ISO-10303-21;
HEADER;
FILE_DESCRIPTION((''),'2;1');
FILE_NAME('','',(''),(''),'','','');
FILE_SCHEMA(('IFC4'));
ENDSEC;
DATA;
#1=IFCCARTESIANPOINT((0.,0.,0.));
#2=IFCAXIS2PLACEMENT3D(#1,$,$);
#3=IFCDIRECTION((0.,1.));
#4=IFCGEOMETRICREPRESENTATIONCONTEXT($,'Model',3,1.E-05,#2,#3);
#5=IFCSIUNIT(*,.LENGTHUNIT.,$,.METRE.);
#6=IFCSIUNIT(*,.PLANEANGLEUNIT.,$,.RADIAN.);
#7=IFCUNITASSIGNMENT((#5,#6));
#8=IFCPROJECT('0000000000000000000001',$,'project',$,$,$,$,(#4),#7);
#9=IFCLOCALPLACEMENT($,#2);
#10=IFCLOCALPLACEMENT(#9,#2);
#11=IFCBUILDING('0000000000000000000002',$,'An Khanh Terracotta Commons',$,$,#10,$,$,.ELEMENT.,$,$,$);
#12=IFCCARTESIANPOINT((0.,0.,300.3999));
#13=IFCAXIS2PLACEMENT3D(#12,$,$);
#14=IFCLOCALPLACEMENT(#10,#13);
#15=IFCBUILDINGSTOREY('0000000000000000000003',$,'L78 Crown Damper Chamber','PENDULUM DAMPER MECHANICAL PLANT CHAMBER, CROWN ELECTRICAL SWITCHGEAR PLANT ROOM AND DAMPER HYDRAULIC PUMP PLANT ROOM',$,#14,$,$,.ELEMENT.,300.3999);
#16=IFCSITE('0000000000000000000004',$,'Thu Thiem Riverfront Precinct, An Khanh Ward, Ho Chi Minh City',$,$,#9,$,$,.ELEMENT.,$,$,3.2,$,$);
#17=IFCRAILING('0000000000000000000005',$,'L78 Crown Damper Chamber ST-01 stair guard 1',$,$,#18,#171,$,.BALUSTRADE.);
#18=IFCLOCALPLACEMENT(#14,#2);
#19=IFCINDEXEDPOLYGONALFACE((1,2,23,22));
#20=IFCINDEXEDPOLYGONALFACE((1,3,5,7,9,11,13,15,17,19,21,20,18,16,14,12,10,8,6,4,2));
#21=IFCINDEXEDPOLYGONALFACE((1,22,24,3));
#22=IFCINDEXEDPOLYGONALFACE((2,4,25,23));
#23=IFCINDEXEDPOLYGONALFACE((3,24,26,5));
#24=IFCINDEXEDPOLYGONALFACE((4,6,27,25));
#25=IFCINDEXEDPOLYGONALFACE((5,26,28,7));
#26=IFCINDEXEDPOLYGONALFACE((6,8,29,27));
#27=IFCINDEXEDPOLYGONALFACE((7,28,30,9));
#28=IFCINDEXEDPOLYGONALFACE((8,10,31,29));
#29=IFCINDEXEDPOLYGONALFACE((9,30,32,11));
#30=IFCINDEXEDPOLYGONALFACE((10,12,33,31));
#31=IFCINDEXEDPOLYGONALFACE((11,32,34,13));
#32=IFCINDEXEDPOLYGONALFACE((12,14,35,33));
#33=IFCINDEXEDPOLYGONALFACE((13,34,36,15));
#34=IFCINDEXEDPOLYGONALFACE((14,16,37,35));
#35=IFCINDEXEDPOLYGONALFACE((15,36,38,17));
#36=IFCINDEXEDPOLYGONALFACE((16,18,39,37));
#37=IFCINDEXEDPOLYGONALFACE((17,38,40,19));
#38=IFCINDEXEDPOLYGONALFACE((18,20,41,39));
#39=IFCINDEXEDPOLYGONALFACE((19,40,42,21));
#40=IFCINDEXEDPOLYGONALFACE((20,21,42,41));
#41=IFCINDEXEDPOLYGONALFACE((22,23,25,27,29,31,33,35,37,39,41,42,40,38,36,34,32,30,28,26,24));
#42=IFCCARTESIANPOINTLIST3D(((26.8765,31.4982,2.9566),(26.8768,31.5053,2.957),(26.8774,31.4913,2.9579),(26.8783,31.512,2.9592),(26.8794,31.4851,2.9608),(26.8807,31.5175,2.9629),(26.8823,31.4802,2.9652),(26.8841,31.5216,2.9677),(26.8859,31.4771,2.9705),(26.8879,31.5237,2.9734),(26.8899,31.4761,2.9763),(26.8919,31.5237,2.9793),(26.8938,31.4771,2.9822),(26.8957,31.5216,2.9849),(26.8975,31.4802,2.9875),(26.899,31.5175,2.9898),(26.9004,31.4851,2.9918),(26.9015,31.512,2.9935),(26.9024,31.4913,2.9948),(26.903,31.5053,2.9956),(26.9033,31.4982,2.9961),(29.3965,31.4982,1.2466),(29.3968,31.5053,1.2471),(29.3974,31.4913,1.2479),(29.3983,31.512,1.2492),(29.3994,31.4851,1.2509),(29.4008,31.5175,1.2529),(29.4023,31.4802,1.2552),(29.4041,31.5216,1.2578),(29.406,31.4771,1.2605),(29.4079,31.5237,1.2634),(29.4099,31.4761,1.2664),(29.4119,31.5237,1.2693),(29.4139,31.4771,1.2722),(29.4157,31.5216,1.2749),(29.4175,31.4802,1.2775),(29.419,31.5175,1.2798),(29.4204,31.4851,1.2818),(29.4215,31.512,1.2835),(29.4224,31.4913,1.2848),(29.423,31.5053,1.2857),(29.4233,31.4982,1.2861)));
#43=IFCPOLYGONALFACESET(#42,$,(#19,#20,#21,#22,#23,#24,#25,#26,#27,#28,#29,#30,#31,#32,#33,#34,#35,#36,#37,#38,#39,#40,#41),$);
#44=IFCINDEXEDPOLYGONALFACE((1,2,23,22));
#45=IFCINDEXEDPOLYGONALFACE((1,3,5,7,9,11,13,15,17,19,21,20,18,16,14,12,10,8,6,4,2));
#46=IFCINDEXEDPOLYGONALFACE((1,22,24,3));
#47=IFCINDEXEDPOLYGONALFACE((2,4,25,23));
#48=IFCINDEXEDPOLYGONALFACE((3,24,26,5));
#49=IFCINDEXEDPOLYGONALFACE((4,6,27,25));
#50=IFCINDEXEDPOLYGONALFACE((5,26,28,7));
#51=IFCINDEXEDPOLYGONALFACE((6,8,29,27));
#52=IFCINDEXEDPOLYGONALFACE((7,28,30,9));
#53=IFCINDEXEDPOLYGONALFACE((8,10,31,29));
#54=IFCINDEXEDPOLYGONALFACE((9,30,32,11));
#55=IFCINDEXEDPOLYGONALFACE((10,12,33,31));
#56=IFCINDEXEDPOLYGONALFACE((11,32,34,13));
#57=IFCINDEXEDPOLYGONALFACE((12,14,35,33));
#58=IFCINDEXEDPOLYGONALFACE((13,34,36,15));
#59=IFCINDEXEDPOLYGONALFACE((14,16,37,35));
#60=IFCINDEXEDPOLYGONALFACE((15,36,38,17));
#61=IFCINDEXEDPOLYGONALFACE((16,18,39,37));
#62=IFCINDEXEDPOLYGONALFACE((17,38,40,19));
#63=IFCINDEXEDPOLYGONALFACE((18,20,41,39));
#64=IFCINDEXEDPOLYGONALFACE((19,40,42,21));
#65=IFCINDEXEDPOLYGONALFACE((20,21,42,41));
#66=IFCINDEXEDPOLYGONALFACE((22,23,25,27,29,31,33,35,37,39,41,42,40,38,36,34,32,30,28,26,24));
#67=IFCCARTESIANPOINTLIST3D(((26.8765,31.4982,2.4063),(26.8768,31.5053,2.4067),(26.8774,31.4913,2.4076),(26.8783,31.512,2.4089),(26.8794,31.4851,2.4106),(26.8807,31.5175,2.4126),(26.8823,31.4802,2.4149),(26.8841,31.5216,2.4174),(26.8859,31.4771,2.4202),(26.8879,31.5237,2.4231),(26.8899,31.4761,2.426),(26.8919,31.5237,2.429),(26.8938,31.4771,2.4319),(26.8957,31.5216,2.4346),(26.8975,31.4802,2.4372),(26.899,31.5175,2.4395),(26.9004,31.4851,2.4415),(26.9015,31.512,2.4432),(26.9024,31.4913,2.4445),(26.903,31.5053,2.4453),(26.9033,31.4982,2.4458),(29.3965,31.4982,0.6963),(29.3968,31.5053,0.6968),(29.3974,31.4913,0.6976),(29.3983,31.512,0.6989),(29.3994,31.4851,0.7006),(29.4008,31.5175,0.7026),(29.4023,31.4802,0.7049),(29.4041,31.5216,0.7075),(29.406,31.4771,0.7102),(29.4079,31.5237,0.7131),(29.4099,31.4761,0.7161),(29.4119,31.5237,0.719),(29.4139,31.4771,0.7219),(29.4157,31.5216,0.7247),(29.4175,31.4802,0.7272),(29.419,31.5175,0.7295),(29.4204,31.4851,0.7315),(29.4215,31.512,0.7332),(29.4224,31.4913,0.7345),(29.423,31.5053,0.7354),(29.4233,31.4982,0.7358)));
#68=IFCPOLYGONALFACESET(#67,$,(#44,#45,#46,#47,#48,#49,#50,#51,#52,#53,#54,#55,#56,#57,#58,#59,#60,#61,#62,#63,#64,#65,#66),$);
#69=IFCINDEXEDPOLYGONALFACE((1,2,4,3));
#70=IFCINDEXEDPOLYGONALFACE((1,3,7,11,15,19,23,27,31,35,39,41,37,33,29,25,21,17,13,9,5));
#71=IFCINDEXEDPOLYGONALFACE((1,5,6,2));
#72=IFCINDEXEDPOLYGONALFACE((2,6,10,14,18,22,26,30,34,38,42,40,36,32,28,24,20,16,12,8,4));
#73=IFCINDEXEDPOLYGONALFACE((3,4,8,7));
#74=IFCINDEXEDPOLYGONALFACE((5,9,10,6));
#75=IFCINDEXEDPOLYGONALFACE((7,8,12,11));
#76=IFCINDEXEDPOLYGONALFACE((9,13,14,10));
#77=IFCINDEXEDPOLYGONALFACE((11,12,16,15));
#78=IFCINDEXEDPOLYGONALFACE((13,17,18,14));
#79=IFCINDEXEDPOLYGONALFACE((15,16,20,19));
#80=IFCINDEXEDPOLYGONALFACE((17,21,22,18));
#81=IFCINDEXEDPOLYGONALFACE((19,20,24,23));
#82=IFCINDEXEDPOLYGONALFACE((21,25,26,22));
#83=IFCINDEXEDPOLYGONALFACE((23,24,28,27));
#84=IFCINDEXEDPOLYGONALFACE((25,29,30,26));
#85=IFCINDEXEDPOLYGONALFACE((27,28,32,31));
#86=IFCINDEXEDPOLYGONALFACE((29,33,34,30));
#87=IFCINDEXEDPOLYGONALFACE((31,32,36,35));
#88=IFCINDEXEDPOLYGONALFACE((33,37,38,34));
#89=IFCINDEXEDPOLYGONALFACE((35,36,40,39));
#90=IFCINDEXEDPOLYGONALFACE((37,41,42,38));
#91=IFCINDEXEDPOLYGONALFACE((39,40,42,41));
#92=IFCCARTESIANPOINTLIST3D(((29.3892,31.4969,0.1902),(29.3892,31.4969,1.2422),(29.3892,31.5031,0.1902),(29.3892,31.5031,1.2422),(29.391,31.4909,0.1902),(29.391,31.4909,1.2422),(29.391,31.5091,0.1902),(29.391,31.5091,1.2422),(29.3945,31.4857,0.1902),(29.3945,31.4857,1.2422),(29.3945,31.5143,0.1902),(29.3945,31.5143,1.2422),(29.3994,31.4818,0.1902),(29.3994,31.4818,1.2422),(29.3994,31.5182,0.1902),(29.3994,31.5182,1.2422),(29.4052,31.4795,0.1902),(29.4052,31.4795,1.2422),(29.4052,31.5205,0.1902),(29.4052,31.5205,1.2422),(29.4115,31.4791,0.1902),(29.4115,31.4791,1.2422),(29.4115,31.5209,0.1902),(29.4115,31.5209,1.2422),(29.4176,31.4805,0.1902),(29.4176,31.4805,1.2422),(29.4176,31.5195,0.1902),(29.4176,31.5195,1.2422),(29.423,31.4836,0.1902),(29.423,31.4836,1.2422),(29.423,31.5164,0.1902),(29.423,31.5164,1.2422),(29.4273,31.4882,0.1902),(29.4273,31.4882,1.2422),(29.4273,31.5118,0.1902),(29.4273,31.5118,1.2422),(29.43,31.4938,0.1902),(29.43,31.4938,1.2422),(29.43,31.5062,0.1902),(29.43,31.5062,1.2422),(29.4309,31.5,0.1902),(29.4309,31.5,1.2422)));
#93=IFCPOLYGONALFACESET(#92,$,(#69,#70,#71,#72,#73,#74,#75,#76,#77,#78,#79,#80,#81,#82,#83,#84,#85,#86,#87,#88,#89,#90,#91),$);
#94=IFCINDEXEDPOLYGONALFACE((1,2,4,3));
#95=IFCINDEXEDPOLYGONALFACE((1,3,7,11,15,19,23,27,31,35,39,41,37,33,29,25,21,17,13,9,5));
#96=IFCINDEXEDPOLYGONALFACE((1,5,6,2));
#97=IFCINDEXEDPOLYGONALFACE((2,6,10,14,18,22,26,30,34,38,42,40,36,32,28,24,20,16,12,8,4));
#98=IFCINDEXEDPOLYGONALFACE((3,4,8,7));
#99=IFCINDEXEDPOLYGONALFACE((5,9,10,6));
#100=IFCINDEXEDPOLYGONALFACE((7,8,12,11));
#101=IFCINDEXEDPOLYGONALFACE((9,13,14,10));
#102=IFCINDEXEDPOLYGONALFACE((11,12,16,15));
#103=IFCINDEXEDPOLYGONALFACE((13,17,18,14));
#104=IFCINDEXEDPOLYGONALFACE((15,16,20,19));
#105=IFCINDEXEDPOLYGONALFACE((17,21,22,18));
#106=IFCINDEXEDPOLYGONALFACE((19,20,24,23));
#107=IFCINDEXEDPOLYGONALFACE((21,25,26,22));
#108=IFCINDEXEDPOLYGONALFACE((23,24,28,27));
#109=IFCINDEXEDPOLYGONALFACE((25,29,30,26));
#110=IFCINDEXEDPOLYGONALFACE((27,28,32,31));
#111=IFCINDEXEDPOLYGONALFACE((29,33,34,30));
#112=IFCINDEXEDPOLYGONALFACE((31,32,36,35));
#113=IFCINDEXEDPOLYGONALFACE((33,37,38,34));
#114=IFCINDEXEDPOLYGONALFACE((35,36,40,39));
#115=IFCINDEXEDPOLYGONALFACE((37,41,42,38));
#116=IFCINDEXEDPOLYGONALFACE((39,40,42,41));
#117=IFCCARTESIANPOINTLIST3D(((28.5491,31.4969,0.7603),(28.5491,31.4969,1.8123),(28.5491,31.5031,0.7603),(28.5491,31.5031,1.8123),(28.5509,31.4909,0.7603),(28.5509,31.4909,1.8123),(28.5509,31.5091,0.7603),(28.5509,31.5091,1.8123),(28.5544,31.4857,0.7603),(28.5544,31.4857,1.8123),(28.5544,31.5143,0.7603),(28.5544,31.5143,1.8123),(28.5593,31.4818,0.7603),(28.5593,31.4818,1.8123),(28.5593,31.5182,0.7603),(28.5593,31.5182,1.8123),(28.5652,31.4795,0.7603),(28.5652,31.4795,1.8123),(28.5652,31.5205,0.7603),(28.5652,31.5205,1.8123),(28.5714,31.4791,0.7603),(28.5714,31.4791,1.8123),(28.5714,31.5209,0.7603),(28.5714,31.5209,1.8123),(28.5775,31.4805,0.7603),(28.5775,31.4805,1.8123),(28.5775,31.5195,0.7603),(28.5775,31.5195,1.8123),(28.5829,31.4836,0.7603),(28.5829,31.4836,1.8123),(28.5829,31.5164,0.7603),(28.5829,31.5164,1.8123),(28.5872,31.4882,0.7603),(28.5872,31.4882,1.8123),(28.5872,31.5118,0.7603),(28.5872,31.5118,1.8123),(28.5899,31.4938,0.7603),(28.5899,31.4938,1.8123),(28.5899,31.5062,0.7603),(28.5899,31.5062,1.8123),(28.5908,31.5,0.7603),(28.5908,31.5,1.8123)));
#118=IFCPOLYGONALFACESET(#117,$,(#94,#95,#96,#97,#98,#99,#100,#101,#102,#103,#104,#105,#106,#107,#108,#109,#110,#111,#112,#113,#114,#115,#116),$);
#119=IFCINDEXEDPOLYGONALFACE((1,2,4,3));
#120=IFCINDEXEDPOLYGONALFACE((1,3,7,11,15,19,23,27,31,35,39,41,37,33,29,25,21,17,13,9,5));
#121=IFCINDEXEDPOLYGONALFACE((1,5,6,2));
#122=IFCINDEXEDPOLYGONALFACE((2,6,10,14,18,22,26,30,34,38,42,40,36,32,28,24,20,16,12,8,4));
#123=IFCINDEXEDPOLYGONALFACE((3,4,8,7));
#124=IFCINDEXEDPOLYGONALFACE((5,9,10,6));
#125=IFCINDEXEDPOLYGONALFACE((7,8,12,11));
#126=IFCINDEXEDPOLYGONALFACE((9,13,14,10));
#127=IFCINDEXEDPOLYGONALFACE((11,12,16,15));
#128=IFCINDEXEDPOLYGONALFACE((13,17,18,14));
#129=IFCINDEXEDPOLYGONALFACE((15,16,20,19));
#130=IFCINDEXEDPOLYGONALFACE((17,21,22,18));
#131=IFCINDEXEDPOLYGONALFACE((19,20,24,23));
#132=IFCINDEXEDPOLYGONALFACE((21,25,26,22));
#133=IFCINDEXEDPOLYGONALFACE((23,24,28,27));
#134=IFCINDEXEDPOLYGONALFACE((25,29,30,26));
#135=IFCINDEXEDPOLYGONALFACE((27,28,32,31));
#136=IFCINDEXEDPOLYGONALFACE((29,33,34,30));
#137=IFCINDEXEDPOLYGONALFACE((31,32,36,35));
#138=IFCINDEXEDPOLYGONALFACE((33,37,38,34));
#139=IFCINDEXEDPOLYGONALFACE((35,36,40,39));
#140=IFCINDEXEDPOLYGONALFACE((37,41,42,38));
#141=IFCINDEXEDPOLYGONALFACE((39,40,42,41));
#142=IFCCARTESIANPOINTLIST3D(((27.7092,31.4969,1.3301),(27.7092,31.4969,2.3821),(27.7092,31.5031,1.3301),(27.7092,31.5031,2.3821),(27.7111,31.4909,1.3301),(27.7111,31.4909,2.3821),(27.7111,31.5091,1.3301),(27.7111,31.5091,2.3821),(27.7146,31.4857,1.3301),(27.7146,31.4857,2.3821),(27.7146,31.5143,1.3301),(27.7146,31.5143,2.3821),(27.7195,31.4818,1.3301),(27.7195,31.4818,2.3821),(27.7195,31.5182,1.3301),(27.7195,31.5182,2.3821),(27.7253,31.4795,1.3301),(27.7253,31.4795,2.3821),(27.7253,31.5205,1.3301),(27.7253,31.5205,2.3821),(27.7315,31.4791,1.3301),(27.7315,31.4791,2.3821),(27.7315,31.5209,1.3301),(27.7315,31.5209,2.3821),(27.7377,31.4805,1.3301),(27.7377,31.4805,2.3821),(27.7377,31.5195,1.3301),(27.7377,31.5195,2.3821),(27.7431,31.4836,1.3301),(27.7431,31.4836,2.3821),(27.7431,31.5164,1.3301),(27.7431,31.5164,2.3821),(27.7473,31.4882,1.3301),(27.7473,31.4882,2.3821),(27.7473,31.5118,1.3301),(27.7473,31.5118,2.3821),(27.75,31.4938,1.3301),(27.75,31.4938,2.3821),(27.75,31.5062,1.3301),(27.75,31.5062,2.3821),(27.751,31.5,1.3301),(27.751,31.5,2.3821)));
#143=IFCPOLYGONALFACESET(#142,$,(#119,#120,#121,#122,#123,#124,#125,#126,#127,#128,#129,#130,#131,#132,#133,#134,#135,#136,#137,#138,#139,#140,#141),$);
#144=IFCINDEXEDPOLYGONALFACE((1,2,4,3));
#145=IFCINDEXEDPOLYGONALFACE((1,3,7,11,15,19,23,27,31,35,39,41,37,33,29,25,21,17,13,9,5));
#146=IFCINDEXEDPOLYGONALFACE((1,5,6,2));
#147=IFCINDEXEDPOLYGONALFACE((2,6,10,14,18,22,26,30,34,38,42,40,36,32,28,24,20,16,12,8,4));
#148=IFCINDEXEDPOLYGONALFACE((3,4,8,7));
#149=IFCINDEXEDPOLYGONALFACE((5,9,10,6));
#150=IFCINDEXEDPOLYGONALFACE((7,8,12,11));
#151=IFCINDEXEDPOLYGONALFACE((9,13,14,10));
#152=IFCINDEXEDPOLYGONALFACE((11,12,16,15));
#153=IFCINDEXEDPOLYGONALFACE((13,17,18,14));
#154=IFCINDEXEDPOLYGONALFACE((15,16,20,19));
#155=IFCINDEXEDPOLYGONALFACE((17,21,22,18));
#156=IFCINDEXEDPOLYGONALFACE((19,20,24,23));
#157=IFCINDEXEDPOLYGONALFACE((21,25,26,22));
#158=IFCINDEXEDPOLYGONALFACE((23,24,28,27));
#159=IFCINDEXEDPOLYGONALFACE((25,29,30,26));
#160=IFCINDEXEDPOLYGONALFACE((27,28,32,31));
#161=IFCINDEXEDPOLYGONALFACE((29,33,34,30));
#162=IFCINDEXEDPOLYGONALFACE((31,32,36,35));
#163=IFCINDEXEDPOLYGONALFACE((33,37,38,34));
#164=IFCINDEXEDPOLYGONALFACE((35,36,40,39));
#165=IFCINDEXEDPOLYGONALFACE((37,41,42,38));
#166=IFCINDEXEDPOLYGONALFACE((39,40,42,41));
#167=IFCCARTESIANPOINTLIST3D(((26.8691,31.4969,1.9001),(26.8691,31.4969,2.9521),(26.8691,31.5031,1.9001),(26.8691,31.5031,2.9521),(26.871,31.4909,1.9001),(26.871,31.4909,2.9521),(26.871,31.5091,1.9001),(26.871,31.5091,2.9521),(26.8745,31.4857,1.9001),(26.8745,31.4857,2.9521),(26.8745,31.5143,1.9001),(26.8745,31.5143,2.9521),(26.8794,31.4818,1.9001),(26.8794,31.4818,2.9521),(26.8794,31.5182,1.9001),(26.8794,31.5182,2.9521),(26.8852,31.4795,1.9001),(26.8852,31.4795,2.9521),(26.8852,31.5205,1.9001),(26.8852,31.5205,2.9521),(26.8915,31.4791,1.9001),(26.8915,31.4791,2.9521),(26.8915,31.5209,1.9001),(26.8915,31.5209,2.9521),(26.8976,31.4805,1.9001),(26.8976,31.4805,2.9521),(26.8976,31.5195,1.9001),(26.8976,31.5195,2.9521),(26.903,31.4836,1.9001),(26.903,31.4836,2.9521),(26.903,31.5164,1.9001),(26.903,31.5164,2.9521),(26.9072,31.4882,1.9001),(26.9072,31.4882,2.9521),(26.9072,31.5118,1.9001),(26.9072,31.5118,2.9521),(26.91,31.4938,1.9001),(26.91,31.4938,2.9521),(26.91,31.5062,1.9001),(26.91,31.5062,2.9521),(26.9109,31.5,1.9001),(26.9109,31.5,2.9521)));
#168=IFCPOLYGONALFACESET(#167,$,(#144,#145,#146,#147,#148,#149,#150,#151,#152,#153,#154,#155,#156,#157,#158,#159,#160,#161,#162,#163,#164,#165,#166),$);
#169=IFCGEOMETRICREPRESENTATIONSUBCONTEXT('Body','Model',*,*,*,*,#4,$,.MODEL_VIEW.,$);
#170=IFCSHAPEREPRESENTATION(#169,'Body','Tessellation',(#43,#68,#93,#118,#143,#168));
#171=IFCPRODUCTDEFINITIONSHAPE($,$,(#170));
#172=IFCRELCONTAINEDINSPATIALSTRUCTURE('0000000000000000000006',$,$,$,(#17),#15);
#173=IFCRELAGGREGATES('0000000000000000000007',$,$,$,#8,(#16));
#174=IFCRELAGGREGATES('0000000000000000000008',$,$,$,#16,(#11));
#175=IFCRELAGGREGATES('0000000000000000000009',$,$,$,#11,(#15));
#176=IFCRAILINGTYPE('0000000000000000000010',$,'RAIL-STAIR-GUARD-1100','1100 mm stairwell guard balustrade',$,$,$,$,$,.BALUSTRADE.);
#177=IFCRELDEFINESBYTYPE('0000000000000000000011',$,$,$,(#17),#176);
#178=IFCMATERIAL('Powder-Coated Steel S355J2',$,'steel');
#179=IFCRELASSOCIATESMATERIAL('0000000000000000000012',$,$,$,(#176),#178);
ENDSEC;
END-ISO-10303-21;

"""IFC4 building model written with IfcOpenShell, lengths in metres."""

from ifc_helpers import new_model, si_unit, direction, frame, origin, origin_2d, place, context, subcontext, project, spatial, circle, extrude, material, type_object, element, save


model = new_model("IFC4")

# Units and contexts
model_context = context("Model", 3, precision=1e-05, world=origin(), true_north=direction((0.0, 1.0)))
body_context = subcontext(model_context, "Body", "Model", "MODEL_VIEW")
ifc_project = project(units=[si_unit("LENGTHUNIT", "METRE"), si_unit("PLANEANGLEUNIT", "RADIAN")], contexts=[model_context])

# Site, building, storey
site_placement = place(None, origin())
site = spatial("IfcSite", under=ifc_project, at=site_placement, Name="Thu Thiem Riverfront Precinct, An Khanh Ward, Ho Chi Minh City", CompositionType="ELEMENT", RefElevation=3.2)
building_placement = place(site_placement, origin())
building = spatial("IfcBuilding", under=site, at=building_placement, Name="An Khanh Terracotta Commons", CompositionType="ELEMENT")
storey_placement = place(building_placement, frame((0.0, 0.0, 300.3999)))
storey = spatial("IfcBuildingStorey", under=building, at=storey_placement, Name="L78 Crown Damper Chamber", Description="PENDULUM DAMPER MECHANICAL PLANT CHAMBER, CROWN ELECTRICAL SWITCHGEAR PLANT ROOM AND DAMPER HYDRAULIC PUMP PLANT ROOM", CompositionType="ELEMENT", Elevation=300.3999)

# Railing
ifc_material_1 = material(Name="Powder-Coated Steel S355J2", Category="steel")
railing_type = type_object("IfcRailingType", Name="RAIL-STAIR-GUARD-1100", Description="1100 mm stairwell guard balustrade", PredefinedType="BALUSTRADE", material=ifc_material_1)
railing_1_placement = place(storey_placement, frame((29.4099, 31.5, 0.1902)))
element("IfcRailing", 1, at=railing_1_placement, inside=storey, type_object=railing_type, Name="L78 Crown Damper Chamber ST-01 stair guard 1", PredefinedType="BALUSTRADE", context=body_context, shape_type="SweptSolid", body=[
    extrude(circle(Radius=0.0239, at=origin_2d()), frame((0.0, 0.0, 1.0762), z_axis=(-0.827484, 0.0, 0.56149), x_axis=(0.0, -1.0, 0.0)), (0.0, 0.0, 1.0), 3.0454),
    extrude(circle(Radius=0.0239, at=origin_2d()), frame((0.0, 0.0, 0.5259), z_axis=(-0.827484, 0.0, 0.56149), x_axis=(0.0, -1.0, 0.0)), (0.0, 0.0, 1.0), 3.0454),
    extrude(circle(Radius=0.021, at=origin_2d()), origin(), (0.0, 0.0, 1.0), 1.052),
    extrude(circle(Radius=0.021, at=origin_2d()), frame((-0.8401, 0.0, 0.5701)), (0.0, 0.0, 1.0), 1.052),
    extrude(circle(Radius=0.021, at=origin_2d()), frame((-1.6799, 0.0, 1.1399)), (0.0, 0.0, 1.0), 1.052),
    extrude(circle(Radius=0.021, at=origin_2d()), frame((-2.52, 0.0, 1.71)), (0.0, 0.0, 1.0), 1.052),
])

save(model, "model.ifc")
